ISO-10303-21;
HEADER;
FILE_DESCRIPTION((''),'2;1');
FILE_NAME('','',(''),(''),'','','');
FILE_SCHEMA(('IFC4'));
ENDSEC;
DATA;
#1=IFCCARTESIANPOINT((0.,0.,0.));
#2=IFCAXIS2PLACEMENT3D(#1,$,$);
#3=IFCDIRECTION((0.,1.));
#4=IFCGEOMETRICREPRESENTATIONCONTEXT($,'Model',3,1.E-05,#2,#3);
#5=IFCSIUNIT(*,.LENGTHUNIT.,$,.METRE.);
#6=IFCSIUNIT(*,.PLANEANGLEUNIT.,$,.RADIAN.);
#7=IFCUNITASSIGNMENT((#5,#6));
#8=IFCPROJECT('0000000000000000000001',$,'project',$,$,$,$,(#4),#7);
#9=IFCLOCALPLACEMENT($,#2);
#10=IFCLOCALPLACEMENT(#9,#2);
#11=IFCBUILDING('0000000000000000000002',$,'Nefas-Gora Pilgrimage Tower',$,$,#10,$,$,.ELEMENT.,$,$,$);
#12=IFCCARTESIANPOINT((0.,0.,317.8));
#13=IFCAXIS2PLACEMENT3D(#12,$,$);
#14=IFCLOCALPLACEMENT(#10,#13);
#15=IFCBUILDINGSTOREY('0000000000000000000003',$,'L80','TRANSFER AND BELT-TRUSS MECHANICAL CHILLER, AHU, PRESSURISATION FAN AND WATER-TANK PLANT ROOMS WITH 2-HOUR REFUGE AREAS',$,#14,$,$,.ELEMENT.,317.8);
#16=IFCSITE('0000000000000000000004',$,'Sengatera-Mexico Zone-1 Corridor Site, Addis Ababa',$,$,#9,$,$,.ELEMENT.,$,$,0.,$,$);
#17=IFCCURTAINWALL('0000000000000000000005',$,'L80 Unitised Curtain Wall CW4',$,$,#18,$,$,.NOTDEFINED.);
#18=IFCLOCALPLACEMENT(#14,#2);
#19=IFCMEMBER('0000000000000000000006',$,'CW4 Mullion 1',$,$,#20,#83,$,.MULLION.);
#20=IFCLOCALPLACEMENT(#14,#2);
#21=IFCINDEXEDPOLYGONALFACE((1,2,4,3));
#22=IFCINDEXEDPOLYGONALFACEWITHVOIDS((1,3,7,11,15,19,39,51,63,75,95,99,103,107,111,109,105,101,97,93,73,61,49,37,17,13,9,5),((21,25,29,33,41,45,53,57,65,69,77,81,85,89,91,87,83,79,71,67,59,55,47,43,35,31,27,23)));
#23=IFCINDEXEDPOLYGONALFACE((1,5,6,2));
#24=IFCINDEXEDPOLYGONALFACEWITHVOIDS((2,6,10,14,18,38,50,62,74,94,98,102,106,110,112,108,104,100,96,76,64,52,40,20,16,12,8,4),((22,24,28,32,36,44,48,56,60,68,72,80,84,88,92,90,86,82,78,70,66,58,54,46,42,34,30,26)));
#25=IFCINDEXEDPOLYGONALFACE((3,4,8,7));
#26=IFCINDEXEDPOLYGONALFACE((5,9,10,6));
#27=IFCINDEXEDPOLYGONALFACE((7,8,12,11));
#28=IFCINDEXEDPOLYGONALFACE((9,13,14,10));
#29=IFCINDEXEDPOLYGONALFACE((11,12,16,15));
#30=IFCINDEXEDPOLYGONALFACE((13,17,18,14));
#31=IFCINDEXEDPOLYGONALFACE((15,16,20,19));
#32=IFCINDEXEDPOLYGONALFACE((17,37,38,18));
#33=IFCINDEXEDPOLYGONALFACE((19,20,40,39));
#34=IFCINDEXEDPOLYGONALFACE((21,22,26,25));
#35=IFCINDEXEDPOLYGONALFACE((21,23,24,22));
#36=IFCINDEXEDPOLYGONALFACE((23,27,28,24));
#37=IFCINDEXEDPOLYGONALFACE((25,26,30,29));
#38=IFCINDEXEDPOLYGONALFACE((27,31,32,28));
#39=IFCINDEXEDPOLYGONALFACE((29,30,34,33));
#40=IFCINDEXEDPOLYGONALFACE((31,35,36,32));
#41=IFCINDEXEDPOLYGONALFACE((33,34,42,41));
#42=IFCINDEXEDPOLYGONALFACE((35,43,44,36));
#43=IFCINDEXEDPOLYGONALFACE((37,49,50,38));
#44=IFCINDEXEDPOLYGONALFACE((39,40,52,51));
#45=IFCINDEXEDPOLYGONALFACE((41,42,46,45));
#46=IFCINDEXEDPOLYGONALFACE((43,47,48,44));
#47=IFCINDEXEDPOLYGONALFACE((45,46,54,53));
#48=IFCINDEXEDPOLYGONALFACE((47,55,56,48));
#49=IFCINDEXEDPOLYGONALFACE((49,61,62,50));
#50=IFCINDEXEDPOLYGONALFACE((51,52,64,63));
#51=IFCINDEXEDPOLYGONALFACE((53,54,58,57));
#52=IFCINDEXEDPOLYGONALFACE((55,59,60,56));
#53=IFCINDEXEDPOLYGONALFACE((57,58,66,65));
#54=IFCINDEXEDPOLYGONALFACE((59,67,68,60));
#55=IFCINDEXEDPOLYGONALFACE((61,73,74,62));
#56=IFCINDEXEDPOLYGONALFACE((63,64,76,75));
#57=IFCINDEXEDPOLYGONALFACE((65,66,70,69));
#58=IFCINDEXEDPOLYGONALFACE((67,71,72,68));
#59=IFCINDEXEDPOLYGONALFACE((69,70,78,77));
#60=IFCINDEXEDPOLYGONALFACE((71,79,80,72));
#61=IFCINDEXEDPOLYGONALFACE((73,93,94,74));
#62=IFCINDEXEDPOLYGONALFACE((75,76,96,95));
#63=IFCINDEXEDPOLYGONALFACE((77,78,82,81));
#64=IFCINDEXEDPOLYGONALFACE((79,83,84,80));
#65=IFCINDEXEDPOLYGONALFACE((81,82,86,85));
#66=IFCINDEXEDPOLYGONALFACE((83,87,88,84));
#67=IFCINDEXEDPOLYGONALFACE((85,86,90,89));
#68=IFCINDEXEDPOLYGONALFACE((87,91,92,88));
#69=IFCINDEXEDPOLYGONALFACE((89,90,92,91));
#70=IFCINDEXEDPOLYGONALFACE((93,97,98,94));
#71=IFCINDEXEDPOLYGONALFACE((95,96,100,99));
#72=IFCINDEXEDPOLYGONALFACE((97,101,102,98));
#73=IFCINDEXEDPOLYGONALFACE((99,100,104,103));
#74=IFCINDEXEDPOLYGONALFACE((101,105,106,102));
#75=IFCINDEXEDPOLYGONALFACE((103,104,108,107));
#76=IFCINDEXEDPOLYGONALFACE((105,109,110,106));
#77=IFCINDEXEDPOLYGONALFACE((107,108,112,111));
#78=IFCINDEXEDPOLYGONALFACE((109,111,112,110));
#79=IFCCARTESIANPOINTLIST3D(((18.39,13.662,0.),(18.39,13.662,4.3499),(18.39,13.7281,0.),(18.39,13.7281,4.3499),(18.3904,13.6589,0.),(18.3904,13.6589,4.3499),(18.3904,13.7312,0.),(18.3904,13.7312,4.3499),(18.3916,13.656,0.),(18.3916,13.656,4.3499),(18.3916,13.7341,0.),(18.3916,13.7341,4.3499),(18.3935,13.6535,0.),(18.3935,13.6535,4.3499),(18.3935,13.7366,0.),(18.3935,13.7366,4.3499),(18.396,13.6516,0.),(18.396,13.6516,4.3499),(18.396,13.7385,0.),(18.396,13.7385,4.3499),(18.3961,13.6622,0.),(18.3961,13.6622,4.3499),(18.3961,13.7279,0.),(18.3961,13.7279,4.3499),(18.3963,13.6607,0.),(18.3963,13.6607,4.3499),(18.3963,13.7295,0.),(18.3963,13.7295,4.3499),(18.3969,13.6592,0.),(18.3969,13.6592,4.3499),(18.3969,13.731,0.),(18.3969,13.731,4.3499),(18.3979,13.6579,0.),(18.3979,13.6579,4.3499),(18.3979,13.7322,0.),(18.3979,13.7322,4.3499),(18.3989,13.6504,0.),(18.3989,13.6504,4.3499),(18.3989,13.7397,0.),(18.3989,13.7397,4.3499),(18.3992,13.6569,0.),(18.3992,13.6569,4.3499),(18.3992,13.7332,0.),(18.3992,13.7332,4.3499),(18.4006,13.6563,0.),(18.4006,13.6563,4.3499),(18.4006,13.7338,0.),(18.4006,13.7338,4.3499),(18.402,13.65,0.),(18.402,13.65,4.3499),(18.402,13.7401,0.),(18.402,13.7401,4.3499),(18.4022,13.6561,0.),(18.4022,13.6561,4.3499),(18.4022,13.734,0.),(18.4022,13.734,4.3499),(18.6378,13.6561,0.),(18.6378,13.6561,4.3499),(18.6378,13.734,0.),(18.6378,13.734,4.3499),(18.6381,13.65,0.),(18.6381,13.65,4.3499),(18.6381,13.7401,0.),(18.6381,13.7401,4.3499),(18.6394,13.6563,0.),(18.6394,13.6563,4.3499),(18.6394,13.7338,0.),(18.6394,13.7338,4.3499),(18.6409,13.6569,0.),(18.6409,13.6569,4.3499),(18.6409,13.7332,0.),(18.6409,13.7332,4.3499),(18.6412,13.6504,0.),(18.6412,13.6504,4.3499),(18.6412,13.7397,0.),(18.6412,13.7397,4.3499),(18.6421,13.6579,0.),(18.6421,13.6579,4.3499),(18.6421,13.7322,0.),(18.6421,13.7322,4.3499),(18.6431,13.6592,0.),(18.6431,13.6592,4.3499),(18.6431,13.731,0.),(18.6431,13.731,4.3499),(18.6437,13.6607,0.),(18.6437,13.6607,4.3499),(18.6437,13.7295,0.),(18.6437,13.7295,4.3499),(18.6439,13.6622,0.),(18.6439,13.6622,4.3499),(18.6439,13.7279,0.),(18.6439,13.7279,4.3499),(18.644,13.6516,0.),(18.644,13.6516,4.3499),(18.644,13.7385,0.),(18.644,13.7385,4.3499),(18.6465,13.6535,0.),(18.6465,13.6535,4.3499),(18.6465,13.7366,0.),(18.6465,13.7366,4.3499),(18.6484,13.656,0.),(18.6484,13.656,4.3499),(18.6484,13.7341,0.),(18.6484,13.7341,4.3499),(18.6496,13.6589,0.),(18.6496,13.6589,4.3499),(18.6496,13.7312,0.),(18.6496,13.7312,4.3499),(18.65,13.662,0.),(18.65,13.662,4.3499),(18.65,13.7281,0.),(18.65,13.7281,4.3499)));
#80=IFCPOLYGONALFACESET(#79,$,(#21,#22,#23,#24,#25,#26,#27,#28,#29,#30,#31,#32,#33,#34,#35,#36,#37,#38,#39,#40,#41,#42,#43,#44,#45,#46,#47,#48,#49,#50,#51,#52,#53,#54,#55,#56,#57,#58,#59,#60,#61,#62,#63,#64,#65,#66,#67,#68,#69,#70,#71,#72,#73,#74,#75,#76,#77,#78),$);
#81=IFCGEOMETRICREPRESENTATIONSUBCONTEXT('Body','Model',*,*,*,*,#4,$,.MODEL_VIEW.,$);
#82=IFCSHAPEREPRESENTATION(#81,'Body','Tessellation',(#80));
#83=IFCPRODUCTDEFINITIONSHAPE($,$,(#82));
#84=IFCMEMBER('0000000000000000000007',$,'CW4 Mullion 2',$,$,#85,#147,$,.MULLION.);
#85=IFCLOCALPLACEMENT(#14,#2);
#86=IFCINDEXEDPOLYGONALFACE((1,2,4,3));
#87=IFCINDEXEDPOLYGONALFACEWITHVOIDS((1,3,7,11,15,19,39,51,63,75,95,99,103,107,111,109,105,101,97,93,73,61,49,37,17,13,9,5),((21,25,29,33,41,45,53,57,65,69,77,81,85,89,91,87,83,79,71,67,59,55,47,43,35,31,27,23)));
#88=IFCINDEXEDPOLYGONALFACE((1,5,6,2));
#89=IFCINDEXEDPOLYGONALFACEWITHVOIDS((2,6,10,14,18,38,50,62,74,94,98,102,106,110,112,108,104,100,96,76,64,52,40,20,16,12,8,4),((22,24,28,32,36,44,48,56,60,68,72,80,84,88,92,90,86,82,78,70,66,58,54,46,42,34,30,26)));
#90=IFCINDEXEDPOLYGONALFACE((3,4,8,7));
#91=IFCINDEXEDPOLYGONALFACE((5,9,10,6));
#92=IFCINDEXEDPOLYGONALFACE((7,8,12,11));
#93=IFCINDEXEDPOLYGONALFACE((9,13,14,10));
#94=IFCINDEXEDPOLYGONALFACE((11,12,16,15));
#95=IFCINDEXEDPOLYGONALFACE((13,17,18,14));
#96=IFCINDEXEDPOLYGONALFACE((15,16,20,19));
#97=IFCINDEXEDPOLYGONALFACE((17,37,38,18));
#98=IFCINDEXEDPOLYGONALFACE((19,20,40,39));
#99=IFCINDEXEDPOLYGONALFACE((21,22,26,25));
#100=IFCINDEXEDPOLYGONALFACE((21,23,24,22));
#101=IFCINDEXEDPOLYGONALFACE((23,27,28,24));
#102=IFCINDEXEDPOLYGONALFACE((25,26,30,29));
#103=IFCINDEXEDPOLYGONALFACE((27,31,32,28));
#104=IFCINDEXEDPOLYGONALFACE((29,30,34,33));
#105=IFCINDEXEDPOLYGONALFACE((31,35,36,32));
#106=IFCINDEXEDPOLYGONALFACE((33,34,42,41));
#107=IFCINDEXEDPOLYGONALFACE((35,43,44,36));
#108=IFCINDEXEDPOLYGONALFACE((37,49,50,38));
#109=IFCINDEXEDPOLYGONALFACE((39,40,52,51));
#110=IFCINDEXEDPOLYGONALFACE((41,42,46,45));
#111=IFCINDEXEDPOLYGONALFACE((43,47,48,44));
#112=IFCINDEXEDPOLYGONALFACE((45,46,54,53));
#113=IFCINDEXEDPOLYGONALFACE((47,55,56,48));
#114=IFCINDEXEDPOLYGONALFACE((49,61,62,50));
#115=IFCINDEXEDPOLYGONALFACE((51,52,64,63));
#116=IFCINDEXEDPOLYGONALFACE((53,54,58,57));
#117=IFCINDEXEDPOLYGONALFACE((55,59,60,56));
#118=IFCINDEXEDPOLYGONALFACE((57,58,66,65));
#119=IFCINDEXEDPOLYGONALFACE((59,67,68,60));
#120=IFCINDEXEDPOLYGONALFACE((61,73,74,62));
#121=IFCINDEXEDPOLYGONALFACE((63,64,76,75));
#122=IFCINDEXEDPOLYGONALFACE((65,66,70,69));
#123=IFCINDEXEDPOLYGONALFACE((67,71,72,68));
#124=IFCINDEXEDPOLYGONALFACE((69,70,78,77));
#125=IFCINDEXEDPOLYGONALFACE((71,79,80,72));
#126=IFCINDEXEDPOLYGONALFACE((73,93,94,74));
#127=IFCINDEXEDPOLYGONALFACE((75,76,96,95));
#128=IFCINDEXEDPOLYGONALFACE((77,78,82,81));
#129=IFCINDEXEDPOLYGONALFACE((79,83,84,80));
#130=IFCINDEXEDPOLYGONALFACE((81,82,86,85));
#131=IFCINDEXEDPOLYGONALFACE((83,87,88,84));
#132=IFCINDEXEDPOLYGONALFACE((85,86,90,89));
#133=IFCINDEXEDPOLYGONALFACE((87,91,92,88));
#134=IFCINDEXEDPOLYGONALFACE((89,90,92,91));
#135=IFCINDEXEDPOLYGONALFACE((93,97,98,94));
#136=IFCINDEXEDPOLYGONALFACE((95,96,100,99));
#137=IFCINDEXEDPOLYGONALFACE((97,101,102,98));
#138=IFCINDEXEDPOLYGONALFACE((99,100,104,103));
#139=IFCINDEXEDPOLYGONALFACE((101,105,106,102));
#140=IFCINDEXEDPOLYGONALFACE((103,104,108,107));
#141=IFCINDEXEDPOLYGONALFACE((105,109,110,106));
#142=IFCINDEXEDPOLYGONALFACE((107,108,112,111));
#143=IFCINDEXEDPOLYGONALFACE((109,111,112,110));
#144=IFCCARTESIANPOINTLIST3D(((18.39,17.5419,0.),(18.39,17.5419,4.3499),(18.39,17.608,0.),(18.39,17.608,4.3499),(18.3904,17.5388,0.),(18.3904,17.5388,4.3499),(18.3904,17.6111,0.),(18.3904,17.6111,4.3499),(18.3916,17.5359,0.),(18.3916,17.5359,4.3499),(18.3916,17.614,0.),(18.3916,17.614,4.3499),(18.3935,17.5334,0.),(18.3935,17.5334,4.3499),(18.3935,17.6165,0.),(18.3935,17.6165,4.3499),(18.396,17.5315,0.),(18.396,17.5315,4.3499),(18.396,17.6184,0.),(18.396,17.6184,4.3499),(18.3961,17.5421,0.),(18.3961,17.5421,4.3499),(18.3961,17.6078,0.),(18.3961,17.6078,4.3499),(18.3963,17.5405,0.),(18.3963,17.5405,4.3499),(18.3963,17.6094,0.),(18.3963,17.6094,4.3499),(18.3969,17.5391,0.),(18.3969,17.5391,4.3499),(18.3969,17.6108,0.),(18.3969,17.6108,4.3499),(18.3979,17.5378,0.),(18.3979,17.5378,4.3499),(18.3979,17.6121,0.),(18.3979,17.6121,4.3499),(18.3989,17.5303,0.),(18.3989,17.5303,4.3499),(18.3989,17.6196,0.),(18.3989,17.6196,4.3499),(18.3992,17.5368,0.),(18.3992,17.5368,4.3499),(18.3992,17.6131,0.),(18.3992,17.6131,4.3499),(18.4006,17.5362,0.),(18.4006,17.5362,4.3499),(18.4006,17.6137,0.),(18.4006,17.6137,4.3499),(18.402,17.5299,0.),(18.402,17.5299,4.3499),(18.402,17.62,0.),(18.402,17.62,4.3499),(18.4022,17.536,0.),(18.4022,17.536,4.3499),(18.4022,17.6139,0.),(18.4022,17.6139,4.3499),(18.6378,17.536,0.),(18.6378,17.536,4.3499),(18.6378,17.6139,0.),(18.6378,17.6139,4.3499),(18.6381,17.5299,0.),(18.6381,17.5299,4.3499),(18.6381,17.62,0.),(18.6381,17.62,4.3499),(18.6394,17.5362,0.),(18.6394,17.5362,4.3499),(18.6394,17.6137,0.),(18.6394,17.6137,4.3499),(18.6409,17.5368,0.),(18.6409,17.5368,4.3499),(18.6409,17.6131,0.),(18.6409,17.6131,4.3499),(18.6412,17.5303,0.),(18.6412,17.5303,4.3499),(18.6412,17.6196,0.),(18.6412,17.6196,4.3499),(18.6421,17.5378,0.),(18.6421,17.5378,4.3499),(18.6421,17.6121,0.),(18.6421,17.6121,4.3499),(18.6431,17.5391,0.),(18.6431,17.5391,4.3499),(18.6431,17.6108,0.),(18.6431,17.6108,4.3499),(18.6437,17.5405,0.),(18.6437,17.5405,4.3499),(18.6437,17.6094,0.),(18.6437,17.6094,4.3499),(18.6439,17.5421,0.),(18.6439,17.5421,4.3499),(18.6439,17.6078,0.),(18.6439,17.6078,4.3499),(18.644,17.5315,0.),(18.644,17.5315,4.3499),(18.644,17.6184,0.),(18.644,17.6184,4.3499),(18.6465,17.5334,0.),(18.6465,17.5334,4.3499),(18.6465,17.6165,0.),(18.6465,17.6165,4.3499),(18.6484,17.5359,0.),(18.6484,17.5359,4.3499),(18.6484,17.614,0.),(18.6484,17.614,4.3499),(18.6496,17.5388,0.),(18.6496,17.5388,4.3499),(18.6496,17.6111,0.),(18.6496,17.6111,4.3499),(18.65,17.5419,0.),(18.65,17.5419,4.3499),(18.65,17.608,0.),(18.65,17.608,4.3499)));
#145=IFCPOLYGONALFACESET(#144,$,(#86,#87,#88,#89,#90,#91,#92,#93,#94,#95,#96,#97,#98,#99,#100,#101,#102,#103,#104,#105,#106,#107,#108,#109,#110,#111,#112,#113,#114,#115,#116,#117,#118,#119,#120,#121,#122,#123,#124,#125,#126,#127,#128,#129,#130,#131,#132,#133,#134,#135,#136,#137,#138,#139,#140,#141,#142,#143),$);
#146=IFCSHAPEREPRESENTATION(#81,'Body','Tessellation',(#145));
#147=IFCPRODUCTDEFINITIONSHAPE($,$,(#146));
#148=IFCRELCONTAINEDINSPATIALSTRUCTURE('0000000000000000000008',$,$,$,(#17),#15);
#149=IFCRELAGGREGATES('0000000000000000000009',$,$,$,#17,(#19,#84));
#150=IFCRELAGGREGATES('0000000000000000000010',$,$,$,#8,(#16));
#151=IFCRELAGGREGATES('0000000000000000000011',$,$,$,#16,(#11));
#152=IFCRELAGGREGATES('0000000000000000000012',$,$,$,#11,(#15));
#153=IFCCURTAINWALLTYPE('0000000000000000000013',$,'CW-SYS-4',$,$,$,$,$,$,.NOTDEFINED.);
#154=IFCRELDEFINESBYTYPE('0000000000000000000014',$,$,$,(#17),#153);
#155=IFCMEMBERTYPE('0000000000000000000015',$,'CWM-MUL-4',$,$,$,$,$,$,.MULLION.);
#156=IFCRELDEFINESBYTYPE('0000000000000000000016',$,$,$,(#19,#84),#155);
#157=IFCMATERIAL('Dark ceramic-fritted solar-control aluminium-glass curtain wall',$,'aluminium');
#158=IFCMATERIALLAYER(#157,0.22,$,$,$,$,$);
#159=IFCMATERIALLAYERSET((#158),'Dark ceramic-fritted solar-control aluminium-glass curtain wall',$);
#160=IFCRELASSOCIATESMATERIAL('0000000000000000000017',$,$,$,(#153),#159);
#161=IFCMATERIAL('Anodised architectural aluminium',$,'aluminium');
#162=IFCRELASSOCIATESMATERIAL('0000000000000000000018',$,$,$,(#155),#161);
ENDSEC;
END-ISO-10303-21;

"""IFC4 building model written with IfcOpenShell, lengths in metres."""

from ifc_helpers import new_model, si_unit, direction, frame, origin, origin_2d, place, context, subcontext, project, spatial, hollow_rectangle, extrude, source, transform, mapped, material, layer, layer_set, material_profile, profile_set, type_object, element, aggregate, save


model = new_model("IFC4")

# Units and contexts
model_context = context("Model", 3, precision=1e-05, world=origin(), true_north=direction((0.0, 1.0)))
body_context = subcontext(model_context, "Body", "Model", "MODEL_VIEW")
ifc_project = project(units=[si_unit("LENGTHUNIT", "METRE"), si_unit("PLANEANGLEUNIT", "RADIAN")], contexts=[model_context])

# Site, building, storey
site_placement = place(None, origin())
site = spatial("IfcSite", under=ifc_project, at=site_placement, Name="Sengatera-Mexico Zone-1 Corridor Site, Addis Ababa", CompositionType="ELEMENT", RefElevation=0.0)
building_placement = place(site_placement, origin())
building = spatial("IfcBuilding", under=site, at=building_placement, Name="Nefas-Gora Pilgrimage Tower", CompositionType="ELEMENT")
storey_placement = place(building_placement, frame((0.0, 0.0, 317.8)))
storey = spatial("IfcBuildingStorey", under=building, at=storey_placement, Name="L80", Description="TRANSFER AND BELT-TRUSS MECHANICAL CHILLER, AHU, PRESSURISATION FAN AND WATER-TANK PLANT ROOMS WITH 2-HOUR REFUGE AREAS", CompositionType="ELEMENT", Elevation=317.8)

# Shared definitions
ifc_material_1 = material(Name="Dark ceramic-fritted solar-control aluminium-glass curtain wall", Category="aluminium")
ifc_material_2 = material(Name="Anodised architectural aluminium", Category="aluminium")
ifc_layer_1 = layer(ifc_material_1, 0.22)
ifc_layer_set_1 = layer_set([ifc_layer_1], Name="Dark ceramic-fritted solar-control aluminium-glass curtain wall")
curtain_wall_type_1 = type_object("IfcCurtainWallType", Name="CW-SYS-4", PredefinedType="NOTDEFINED", material=ifc_layer_set_1)

# Curtain wall, members
curtain_wall_1_placement = place(storey_placement, origin())
curtain_wall_1 = element("IfcCurtainWall", 1, at=curtain_wall_1_placement, inside=storey, type_object=curtain_wall_type_1, Name="L80 Unitised Curtain Wall CW4", PredefinedType="NOTDEFINED")
ifc_material_profile_1 = material_profile(ifc_material_2, hollow_rectangle(XDim=0.0901, YDim=0.26, WallThickness=0.0061, InnerFilletRadius=0.0061, OuterFilletRadius=0.012, at=origin_2d()), Name="ALU MULLION 90x260")
ifc_profile_set_1 = profile_set([ifc_material_profile_1], Name="Anodised architectural aluminium")
member_type_1 = type_object("IfcMemberType", Name="CWM-MUL-4", PredefinedType="MULLION", material=ifc_profile_set_1)
shared_shape_1 = source(origin(), body_context, "Body", "SweptSolid", [
    extrude(hollow_rectangle(XDim=0.0901, YDim=0.26, WallThickness=0.0061, InnerFilletRadius=0.0061, OuterFilletRadius=0.012, at=origin_2d()), origin(), (0.0, 0.0, 1.0), 4.3499),
])
member_1_placement = place(storey_placement, frame((18.52, 13.6951, 0.0), z_axis=(0.0, 0.0, 1.0), x_axis=(0.0, 1.0, 0.0)))
member_1 = element("IfcMember", 2, at=member_1_placement, type_object=member_type_1, Name="CW4 Mullion 1", PredefinedType="MULLION", context=body_context, shape_type="MappedRepresentation", body=[
    mapped(shared_shape_1, transform((0.0, 0.0, 0.0), x_axis=(1.0, 0.0, 0.0), y_axis=(0.0, 1.0, 0.0), z_axis=(0.0, 0.0, 1.0), scale=1.0)),
])
member_2_placement = place(storey_placement, frame((18.52, 17.575, 0.0), z_axis=(0.0, 0.0, 1.0), x_axis=(0.0, 1.0, 0.0)))
member_2 = element("IfcMember", 3, at=member_2_placement, type_object=member_type_1, Name="CW4 Mullion 2", PredefinedType="MULLION", context=body_context, shape_type="MappedRepresentation", body=[
    mapped(shared_shape_1, transform((0.0, 0.0, 0.0), x_axis=(1.0, 0.0, 0.0), y_axis=(0.0, 1.0, 0.0), z_axis=(0.0, 0.0, 1.0), scale=1.0)),
])

aggregate(curtain_wall_1, [member_1, member_2])

save(model, "model.ifc")
